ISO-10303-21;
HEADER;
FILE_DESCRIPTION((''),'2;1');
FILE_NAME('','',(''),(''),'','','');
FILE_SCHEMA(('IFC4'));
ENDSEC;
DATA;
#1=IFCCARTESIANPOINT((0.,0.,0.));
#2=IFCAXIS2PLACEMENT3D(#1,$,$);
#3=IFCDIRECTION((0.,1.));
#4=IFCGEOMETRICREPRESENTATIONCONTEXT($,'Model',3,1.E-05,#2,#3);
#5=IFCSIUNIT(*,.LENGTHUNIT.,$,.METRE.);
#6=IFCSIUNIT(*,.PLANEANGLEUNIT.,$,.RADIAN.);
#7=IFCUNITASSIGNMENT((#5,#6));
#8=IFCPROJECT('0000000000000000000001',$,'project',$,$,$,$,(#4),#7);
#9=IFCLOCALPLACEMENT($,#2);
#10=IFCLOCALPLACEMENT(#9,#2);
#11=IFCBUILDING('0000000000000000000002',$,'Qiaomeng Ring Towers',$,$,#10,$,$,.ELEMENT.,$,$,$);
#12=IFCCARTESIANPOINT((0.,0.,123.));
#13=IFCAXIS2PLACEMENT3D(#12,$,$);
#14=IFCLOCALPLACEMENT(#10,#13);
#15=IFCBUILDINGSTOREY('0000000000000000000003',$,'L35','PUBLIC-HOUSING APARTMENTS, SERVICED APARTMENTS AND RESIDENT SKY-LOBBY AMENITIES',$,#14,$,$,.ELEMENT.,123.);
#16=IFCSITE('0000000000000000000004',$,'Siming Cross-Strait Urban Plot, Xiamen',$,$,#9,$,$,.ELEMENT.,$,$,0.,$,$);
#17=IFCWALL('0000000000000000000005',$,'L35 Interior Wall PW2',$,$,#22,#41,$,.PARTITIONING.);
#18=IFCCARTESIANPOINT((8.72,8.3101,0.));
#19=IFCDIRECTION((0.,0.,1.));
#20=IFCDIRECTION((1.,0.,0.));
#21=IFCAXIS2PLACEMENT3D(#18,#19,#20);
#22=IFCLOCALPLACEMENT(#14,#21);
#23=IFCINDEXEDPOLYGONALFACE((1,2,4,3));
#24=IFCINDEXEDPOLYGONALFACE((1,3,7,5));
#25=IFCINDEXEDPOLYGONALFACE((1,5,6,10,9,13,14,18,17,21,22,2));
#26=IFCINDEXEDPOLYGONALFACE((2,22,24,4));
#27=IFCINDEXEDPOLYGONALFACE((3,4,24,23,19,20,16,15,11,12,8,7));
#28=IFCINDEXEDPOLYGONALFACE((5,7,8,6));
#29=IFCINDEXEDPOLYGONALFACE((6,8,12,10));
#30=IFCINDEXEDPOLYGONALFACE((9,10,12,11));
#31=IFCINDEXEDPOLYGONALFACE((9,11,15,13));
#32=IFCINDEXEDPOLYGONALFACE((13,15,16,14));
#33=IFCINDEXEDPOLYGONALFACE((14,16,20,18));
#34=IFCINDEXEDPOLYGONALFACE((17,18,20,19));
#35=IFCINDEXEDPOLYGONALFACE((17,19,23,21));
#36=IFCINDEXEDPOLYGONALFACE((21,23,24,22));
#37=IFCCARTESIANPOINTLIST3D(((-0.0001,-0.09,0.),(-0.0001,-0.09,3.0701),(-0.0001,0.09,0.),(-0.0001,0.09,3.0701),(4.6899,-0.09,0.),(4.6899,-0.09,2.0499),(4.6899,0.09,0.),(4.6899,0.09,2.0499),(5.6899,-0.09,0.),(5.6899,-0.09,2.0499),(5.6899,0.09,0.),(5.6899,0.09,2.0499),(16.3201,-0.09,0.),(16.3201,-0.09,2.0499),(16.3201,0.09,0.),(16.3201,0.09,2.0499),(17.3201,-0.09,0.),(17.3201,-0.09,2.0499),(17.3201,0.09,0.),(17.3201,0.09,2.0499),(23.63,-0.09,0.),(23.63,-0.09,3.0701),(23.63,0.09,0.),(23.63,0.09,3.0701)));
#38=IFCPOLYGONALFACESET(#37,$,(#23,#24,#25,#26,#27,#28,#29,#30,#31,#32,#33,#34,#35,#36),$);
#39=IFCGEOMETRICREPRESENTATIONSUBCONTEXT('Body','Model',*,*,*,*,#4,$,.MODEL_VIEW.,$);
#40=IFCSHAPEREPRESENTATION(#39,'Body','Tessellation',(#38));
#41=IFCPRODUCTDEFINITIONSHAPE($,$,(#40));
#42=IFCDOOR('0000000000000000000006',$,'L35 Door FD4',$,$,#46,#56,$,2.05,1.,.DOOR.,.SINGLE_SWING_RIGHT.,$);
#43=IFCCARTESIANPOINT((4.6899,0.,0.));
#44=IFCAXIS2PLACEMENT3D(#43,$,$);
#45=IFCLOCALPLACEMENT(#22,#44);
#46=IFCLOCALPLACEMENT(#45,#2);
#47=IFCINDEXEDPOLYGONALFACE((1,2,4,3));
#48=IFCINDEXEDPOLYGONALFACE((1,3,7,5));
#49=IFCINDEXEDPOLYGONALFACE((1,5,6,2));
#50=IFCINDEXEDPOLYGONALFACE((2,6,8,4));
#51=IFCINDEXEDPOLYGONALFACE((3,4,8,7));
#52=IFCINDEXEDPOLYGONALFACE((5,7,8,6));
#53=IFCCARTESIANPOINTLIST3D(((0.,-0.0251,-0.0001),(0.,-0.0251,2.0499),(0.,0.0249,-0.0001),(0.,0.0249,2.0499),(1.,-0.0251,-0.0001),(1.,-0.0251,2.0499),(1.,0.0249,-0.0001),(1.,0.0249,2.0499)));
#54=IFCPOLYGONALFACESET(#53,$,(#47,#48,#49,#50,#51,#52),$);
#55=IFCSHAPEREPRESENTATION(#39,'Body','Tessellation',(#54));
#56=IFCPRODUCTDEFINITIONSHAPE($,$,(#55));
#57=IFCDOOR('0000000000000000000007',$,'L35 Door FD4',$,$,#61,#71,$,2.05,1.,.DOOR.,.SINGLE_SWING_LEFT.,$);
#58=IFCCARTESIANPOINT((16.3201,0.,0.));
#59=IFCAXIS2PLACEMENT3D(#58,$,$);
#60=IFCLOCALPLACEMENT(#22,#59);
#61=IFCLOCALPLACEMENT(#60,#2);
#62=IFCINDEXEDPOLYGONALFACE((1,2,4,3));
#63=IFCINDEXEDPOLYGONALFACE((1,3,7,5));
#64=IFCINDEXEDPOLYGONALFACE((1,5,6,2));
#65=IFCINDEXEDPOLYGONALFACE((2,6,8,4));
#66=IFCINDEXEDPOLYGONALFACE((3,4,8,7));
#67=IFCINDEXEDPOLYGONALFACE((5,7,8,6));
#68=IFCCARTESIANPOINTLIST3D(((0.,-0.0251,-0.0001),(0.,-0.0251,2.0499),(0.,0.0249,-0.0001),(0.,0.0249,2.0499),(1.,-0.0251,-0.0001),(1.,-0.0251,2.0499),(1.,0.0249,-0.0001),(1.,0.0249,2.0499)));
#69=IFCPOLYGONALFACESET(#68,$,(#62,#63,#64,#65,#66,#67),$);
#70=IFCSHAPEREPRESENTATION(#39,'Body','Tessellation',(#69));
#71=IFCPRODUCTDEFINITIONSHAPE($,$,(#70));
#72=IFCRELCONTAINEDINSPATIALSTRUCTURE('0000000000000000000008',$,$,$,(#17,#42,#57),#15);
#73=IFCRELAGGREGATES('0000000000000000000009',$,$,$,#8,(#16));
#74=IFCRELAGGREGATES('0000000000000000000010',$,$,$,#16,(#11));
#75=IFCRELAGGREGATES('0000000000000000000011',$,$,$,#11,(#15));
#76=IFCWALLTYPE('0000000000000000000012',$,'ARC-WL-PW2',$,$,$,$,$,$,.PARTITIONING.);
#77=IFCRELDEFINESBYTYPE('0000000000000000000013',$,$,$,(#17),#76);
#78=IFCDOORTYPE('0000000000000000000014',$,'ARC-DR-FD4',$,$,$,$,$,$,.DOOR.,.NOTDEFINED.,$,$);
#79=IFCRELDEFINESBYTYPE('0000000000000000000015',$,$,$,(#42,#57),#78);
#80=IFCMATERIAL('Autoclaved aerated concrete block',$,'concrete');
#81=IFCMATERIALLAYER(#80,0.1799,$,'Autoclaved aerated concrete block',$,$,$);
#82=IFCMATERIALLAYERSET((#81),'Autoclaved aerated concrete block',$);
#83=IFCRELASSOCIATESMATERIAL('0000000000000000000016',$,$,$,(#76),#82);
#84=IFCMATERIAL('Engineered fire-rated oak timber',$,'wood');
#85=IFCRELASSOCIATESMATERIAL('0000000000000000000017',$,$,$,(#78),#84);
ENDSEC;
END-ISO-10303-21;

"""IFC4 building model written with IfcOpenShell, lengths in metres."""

from ifc_helpers import new_model, si_unit, direction, frame, frame_2d, origin, place, context, subcontext, project, spatial, rectangle, extrude, source, transform, mapped, material, layer, layer_set, type_object, element, fill, save


model = new_model("IFC4")

# Units and contexts
model_context = context("Model", 3, precision=1e-05, world=origin(), true_north=direction((0.0, 1.0)))
body_context = subcontext(model_context, "Body", "Model", "MODEL_VIEW")
ifc_project = project(units=[si_unit("LENGTHUNIT", "METRE"), si_unit("PLANEANGLEUNIT", "RADIAN")], contexts=[model_context])

# Site, building, storey
site_placement = place(None, origin())
site = spatial("IfcSite", under=ifc_project, at=site_placement, Name="Siming Cross-Strait Urban Plot, Xiamen", CompositionType="ELEMENT", RefElevation=0.0)
building_placement = place(site_placement, origin())
building = spatial("IfcBuilding", under=site, at=building_placement, Name="Qiaomeng Ring Towers", CompositionType="ELEMENT")
storey_placement = place(building_placement, frame((0.0, 0.0, 123.0)))
storey = spatial("IfcBuildingStorey", under=building, at=storey_placement, Name="L35", Description="PUBLIC-HOUSING APARTMENTS, SERVICED APARTMENTS AND RESIDENT SKY-LOBBY AMENITIES", CompositionType="ELEMENT", Elevation=123.0)

# Shared definitions
ifc_material_1 = material(Name="Autoclaved aerated concrete block", Category="concrete")

# Wall, openings, doors
ifc_layer_1 = layer(ifc_material_1, 0.1799, Name="Autoclaved aerated concrete block")
ifc_layer_set_1 = layer_set([ifc_layer_1], Name="Autoclaved aerated concrete block")
wall_type_1 = type_object("IfcWallType", Name="ARC-WL-PW2", PredefinedType="PARTITIONING", material=ifc_layer_set_1)
wall_1_placement = place(storey_placement, frame((8.72, 8.3101, 0.0), z_axis=(0.0, 0.0, 1.0), x_axis=(1.0, 0.0, 0.0)))
wall_1 = element("IfcWall", 1, at=wall_1_placement, inside=storey, type_object=wall_type_1, Name="L35 Interior Wall PW2", PredefinedType="PARTITIONING", context=body_context, shape_type="SweptSolid", body=[
    extrude(rectangle(XDim=23.6301, YDim=0.1799, at=frame_2d((11.8149, 0.0))), origin(), (0.0, 0.0, 1.0), 3.0701),
])
opening_1_placement = place(wall_1_placement, frame((4.6899, 0.0, 0.0)))
opening_1 = element("IfcOpeningElement", 2, at=opening_1_placement, cuts=wall_1, PredefinedType="OPENING", context=body_context, shape_type="SweptSolid", body=[
    extrude(rectangle(XDim=1.0, YDim=2.05, at=frame_2d((0.5, 1.0249))), frame((0.0, 0.0999, 0.0), z_axis=(0.0, -1.0, 0.0), x_axis=(1.0, 0.0, 0.0)), (0.0, 0.0, 1.0), 0.2),
])
opening_2_placement = place(wall_1_placement, frame((16.3201, 0.0, 0.0)))
opening_2 = element("IfcOpeningElement", 3, at=opening_2_placement, cuts=wall_1, PredefinedType="OPENING", context=body_context, shape_type="SweptSolid", body=[
    extrude(rectangle(XDim=1.0, YDim=2.05, at=frame_2d((0.5, 1.0249))), frame((0.0, 0.0999, 0.0), z_axis=(0.0, -1.0, 0.0), x_axis=(1.0, 0.0, 0.0)), (0.0, 0.0, 1.0), 0.2),
])
ifc_material_2 = material(Name="Engineered fire-rated oak timber", Category="wood")
door_type_1 = type_object("IfcDoorType", Name="ARC-DR-FD4", OperationType="NOTDEFINED", PredefinedType="DOOR", material=ifc_material_2)
shared_shape_1 = source(origin(), body_context, "Body", "SweptSolid", [
    extrude(rectangle(XDim=1.0, YDim=2.05, at=frame_2d((0.5, 1.0249))), frame((0.0, 0.0249, 0.0), z_axis=(0.0, -1.0, 0.0), x_axis=(1.0, 0.0, 0.0)), (0.0, 0.0, 1.0), 0.05),
])
door_1_placement = place(opening_1_placement, origin())
door_1 = element("IfcDoor", 4, at=door_1_placement, inside=storey, type_object=door_type_1, Name="L35 Door FD4", OperationType="SINGLE_SWING_RIGHT", OverallHeight=2.05, OverallWidth=1.0, PredefinedType="DOOR", context=body_context, shape_type="MappedRepresentation", body=[
    mapped(shared_shape_1, transform((0.0, 0.0, 0.0), x_axis=(1.0, 0.0, 0.0), y_axis=(0.0, 1.0, 0.0), z_axis=(0.0, 0.0, 1.0), scale=1.0)),
])
fill(opening_1, door_1)
door_2_placement = place(opening_2_placement, origin())
door_2 = element("IfcDoor", 5, at=door_2_placement, inside=storey, type_object=door_type_1, Name="L35 Door FD4", OperationType="SINGLE_SWING_LEFT", OverallHeight=2.05, OverallWidth=1.0, PredefinedType="DOOR", context=body_context, shape_type="MappedRepresentation", body=[
    mapped(shared_shape_1, transform((0.0, 0.0, 0.0), x_axis=(1.0, 0.0, 0.0), y_axis=(0.0, 1.0, 0.0), z_axis=(0.0, 0.0, 1.0), scale=1.0)),
])
fill(opening_2, door_2)

save(model, "model.ifc")
